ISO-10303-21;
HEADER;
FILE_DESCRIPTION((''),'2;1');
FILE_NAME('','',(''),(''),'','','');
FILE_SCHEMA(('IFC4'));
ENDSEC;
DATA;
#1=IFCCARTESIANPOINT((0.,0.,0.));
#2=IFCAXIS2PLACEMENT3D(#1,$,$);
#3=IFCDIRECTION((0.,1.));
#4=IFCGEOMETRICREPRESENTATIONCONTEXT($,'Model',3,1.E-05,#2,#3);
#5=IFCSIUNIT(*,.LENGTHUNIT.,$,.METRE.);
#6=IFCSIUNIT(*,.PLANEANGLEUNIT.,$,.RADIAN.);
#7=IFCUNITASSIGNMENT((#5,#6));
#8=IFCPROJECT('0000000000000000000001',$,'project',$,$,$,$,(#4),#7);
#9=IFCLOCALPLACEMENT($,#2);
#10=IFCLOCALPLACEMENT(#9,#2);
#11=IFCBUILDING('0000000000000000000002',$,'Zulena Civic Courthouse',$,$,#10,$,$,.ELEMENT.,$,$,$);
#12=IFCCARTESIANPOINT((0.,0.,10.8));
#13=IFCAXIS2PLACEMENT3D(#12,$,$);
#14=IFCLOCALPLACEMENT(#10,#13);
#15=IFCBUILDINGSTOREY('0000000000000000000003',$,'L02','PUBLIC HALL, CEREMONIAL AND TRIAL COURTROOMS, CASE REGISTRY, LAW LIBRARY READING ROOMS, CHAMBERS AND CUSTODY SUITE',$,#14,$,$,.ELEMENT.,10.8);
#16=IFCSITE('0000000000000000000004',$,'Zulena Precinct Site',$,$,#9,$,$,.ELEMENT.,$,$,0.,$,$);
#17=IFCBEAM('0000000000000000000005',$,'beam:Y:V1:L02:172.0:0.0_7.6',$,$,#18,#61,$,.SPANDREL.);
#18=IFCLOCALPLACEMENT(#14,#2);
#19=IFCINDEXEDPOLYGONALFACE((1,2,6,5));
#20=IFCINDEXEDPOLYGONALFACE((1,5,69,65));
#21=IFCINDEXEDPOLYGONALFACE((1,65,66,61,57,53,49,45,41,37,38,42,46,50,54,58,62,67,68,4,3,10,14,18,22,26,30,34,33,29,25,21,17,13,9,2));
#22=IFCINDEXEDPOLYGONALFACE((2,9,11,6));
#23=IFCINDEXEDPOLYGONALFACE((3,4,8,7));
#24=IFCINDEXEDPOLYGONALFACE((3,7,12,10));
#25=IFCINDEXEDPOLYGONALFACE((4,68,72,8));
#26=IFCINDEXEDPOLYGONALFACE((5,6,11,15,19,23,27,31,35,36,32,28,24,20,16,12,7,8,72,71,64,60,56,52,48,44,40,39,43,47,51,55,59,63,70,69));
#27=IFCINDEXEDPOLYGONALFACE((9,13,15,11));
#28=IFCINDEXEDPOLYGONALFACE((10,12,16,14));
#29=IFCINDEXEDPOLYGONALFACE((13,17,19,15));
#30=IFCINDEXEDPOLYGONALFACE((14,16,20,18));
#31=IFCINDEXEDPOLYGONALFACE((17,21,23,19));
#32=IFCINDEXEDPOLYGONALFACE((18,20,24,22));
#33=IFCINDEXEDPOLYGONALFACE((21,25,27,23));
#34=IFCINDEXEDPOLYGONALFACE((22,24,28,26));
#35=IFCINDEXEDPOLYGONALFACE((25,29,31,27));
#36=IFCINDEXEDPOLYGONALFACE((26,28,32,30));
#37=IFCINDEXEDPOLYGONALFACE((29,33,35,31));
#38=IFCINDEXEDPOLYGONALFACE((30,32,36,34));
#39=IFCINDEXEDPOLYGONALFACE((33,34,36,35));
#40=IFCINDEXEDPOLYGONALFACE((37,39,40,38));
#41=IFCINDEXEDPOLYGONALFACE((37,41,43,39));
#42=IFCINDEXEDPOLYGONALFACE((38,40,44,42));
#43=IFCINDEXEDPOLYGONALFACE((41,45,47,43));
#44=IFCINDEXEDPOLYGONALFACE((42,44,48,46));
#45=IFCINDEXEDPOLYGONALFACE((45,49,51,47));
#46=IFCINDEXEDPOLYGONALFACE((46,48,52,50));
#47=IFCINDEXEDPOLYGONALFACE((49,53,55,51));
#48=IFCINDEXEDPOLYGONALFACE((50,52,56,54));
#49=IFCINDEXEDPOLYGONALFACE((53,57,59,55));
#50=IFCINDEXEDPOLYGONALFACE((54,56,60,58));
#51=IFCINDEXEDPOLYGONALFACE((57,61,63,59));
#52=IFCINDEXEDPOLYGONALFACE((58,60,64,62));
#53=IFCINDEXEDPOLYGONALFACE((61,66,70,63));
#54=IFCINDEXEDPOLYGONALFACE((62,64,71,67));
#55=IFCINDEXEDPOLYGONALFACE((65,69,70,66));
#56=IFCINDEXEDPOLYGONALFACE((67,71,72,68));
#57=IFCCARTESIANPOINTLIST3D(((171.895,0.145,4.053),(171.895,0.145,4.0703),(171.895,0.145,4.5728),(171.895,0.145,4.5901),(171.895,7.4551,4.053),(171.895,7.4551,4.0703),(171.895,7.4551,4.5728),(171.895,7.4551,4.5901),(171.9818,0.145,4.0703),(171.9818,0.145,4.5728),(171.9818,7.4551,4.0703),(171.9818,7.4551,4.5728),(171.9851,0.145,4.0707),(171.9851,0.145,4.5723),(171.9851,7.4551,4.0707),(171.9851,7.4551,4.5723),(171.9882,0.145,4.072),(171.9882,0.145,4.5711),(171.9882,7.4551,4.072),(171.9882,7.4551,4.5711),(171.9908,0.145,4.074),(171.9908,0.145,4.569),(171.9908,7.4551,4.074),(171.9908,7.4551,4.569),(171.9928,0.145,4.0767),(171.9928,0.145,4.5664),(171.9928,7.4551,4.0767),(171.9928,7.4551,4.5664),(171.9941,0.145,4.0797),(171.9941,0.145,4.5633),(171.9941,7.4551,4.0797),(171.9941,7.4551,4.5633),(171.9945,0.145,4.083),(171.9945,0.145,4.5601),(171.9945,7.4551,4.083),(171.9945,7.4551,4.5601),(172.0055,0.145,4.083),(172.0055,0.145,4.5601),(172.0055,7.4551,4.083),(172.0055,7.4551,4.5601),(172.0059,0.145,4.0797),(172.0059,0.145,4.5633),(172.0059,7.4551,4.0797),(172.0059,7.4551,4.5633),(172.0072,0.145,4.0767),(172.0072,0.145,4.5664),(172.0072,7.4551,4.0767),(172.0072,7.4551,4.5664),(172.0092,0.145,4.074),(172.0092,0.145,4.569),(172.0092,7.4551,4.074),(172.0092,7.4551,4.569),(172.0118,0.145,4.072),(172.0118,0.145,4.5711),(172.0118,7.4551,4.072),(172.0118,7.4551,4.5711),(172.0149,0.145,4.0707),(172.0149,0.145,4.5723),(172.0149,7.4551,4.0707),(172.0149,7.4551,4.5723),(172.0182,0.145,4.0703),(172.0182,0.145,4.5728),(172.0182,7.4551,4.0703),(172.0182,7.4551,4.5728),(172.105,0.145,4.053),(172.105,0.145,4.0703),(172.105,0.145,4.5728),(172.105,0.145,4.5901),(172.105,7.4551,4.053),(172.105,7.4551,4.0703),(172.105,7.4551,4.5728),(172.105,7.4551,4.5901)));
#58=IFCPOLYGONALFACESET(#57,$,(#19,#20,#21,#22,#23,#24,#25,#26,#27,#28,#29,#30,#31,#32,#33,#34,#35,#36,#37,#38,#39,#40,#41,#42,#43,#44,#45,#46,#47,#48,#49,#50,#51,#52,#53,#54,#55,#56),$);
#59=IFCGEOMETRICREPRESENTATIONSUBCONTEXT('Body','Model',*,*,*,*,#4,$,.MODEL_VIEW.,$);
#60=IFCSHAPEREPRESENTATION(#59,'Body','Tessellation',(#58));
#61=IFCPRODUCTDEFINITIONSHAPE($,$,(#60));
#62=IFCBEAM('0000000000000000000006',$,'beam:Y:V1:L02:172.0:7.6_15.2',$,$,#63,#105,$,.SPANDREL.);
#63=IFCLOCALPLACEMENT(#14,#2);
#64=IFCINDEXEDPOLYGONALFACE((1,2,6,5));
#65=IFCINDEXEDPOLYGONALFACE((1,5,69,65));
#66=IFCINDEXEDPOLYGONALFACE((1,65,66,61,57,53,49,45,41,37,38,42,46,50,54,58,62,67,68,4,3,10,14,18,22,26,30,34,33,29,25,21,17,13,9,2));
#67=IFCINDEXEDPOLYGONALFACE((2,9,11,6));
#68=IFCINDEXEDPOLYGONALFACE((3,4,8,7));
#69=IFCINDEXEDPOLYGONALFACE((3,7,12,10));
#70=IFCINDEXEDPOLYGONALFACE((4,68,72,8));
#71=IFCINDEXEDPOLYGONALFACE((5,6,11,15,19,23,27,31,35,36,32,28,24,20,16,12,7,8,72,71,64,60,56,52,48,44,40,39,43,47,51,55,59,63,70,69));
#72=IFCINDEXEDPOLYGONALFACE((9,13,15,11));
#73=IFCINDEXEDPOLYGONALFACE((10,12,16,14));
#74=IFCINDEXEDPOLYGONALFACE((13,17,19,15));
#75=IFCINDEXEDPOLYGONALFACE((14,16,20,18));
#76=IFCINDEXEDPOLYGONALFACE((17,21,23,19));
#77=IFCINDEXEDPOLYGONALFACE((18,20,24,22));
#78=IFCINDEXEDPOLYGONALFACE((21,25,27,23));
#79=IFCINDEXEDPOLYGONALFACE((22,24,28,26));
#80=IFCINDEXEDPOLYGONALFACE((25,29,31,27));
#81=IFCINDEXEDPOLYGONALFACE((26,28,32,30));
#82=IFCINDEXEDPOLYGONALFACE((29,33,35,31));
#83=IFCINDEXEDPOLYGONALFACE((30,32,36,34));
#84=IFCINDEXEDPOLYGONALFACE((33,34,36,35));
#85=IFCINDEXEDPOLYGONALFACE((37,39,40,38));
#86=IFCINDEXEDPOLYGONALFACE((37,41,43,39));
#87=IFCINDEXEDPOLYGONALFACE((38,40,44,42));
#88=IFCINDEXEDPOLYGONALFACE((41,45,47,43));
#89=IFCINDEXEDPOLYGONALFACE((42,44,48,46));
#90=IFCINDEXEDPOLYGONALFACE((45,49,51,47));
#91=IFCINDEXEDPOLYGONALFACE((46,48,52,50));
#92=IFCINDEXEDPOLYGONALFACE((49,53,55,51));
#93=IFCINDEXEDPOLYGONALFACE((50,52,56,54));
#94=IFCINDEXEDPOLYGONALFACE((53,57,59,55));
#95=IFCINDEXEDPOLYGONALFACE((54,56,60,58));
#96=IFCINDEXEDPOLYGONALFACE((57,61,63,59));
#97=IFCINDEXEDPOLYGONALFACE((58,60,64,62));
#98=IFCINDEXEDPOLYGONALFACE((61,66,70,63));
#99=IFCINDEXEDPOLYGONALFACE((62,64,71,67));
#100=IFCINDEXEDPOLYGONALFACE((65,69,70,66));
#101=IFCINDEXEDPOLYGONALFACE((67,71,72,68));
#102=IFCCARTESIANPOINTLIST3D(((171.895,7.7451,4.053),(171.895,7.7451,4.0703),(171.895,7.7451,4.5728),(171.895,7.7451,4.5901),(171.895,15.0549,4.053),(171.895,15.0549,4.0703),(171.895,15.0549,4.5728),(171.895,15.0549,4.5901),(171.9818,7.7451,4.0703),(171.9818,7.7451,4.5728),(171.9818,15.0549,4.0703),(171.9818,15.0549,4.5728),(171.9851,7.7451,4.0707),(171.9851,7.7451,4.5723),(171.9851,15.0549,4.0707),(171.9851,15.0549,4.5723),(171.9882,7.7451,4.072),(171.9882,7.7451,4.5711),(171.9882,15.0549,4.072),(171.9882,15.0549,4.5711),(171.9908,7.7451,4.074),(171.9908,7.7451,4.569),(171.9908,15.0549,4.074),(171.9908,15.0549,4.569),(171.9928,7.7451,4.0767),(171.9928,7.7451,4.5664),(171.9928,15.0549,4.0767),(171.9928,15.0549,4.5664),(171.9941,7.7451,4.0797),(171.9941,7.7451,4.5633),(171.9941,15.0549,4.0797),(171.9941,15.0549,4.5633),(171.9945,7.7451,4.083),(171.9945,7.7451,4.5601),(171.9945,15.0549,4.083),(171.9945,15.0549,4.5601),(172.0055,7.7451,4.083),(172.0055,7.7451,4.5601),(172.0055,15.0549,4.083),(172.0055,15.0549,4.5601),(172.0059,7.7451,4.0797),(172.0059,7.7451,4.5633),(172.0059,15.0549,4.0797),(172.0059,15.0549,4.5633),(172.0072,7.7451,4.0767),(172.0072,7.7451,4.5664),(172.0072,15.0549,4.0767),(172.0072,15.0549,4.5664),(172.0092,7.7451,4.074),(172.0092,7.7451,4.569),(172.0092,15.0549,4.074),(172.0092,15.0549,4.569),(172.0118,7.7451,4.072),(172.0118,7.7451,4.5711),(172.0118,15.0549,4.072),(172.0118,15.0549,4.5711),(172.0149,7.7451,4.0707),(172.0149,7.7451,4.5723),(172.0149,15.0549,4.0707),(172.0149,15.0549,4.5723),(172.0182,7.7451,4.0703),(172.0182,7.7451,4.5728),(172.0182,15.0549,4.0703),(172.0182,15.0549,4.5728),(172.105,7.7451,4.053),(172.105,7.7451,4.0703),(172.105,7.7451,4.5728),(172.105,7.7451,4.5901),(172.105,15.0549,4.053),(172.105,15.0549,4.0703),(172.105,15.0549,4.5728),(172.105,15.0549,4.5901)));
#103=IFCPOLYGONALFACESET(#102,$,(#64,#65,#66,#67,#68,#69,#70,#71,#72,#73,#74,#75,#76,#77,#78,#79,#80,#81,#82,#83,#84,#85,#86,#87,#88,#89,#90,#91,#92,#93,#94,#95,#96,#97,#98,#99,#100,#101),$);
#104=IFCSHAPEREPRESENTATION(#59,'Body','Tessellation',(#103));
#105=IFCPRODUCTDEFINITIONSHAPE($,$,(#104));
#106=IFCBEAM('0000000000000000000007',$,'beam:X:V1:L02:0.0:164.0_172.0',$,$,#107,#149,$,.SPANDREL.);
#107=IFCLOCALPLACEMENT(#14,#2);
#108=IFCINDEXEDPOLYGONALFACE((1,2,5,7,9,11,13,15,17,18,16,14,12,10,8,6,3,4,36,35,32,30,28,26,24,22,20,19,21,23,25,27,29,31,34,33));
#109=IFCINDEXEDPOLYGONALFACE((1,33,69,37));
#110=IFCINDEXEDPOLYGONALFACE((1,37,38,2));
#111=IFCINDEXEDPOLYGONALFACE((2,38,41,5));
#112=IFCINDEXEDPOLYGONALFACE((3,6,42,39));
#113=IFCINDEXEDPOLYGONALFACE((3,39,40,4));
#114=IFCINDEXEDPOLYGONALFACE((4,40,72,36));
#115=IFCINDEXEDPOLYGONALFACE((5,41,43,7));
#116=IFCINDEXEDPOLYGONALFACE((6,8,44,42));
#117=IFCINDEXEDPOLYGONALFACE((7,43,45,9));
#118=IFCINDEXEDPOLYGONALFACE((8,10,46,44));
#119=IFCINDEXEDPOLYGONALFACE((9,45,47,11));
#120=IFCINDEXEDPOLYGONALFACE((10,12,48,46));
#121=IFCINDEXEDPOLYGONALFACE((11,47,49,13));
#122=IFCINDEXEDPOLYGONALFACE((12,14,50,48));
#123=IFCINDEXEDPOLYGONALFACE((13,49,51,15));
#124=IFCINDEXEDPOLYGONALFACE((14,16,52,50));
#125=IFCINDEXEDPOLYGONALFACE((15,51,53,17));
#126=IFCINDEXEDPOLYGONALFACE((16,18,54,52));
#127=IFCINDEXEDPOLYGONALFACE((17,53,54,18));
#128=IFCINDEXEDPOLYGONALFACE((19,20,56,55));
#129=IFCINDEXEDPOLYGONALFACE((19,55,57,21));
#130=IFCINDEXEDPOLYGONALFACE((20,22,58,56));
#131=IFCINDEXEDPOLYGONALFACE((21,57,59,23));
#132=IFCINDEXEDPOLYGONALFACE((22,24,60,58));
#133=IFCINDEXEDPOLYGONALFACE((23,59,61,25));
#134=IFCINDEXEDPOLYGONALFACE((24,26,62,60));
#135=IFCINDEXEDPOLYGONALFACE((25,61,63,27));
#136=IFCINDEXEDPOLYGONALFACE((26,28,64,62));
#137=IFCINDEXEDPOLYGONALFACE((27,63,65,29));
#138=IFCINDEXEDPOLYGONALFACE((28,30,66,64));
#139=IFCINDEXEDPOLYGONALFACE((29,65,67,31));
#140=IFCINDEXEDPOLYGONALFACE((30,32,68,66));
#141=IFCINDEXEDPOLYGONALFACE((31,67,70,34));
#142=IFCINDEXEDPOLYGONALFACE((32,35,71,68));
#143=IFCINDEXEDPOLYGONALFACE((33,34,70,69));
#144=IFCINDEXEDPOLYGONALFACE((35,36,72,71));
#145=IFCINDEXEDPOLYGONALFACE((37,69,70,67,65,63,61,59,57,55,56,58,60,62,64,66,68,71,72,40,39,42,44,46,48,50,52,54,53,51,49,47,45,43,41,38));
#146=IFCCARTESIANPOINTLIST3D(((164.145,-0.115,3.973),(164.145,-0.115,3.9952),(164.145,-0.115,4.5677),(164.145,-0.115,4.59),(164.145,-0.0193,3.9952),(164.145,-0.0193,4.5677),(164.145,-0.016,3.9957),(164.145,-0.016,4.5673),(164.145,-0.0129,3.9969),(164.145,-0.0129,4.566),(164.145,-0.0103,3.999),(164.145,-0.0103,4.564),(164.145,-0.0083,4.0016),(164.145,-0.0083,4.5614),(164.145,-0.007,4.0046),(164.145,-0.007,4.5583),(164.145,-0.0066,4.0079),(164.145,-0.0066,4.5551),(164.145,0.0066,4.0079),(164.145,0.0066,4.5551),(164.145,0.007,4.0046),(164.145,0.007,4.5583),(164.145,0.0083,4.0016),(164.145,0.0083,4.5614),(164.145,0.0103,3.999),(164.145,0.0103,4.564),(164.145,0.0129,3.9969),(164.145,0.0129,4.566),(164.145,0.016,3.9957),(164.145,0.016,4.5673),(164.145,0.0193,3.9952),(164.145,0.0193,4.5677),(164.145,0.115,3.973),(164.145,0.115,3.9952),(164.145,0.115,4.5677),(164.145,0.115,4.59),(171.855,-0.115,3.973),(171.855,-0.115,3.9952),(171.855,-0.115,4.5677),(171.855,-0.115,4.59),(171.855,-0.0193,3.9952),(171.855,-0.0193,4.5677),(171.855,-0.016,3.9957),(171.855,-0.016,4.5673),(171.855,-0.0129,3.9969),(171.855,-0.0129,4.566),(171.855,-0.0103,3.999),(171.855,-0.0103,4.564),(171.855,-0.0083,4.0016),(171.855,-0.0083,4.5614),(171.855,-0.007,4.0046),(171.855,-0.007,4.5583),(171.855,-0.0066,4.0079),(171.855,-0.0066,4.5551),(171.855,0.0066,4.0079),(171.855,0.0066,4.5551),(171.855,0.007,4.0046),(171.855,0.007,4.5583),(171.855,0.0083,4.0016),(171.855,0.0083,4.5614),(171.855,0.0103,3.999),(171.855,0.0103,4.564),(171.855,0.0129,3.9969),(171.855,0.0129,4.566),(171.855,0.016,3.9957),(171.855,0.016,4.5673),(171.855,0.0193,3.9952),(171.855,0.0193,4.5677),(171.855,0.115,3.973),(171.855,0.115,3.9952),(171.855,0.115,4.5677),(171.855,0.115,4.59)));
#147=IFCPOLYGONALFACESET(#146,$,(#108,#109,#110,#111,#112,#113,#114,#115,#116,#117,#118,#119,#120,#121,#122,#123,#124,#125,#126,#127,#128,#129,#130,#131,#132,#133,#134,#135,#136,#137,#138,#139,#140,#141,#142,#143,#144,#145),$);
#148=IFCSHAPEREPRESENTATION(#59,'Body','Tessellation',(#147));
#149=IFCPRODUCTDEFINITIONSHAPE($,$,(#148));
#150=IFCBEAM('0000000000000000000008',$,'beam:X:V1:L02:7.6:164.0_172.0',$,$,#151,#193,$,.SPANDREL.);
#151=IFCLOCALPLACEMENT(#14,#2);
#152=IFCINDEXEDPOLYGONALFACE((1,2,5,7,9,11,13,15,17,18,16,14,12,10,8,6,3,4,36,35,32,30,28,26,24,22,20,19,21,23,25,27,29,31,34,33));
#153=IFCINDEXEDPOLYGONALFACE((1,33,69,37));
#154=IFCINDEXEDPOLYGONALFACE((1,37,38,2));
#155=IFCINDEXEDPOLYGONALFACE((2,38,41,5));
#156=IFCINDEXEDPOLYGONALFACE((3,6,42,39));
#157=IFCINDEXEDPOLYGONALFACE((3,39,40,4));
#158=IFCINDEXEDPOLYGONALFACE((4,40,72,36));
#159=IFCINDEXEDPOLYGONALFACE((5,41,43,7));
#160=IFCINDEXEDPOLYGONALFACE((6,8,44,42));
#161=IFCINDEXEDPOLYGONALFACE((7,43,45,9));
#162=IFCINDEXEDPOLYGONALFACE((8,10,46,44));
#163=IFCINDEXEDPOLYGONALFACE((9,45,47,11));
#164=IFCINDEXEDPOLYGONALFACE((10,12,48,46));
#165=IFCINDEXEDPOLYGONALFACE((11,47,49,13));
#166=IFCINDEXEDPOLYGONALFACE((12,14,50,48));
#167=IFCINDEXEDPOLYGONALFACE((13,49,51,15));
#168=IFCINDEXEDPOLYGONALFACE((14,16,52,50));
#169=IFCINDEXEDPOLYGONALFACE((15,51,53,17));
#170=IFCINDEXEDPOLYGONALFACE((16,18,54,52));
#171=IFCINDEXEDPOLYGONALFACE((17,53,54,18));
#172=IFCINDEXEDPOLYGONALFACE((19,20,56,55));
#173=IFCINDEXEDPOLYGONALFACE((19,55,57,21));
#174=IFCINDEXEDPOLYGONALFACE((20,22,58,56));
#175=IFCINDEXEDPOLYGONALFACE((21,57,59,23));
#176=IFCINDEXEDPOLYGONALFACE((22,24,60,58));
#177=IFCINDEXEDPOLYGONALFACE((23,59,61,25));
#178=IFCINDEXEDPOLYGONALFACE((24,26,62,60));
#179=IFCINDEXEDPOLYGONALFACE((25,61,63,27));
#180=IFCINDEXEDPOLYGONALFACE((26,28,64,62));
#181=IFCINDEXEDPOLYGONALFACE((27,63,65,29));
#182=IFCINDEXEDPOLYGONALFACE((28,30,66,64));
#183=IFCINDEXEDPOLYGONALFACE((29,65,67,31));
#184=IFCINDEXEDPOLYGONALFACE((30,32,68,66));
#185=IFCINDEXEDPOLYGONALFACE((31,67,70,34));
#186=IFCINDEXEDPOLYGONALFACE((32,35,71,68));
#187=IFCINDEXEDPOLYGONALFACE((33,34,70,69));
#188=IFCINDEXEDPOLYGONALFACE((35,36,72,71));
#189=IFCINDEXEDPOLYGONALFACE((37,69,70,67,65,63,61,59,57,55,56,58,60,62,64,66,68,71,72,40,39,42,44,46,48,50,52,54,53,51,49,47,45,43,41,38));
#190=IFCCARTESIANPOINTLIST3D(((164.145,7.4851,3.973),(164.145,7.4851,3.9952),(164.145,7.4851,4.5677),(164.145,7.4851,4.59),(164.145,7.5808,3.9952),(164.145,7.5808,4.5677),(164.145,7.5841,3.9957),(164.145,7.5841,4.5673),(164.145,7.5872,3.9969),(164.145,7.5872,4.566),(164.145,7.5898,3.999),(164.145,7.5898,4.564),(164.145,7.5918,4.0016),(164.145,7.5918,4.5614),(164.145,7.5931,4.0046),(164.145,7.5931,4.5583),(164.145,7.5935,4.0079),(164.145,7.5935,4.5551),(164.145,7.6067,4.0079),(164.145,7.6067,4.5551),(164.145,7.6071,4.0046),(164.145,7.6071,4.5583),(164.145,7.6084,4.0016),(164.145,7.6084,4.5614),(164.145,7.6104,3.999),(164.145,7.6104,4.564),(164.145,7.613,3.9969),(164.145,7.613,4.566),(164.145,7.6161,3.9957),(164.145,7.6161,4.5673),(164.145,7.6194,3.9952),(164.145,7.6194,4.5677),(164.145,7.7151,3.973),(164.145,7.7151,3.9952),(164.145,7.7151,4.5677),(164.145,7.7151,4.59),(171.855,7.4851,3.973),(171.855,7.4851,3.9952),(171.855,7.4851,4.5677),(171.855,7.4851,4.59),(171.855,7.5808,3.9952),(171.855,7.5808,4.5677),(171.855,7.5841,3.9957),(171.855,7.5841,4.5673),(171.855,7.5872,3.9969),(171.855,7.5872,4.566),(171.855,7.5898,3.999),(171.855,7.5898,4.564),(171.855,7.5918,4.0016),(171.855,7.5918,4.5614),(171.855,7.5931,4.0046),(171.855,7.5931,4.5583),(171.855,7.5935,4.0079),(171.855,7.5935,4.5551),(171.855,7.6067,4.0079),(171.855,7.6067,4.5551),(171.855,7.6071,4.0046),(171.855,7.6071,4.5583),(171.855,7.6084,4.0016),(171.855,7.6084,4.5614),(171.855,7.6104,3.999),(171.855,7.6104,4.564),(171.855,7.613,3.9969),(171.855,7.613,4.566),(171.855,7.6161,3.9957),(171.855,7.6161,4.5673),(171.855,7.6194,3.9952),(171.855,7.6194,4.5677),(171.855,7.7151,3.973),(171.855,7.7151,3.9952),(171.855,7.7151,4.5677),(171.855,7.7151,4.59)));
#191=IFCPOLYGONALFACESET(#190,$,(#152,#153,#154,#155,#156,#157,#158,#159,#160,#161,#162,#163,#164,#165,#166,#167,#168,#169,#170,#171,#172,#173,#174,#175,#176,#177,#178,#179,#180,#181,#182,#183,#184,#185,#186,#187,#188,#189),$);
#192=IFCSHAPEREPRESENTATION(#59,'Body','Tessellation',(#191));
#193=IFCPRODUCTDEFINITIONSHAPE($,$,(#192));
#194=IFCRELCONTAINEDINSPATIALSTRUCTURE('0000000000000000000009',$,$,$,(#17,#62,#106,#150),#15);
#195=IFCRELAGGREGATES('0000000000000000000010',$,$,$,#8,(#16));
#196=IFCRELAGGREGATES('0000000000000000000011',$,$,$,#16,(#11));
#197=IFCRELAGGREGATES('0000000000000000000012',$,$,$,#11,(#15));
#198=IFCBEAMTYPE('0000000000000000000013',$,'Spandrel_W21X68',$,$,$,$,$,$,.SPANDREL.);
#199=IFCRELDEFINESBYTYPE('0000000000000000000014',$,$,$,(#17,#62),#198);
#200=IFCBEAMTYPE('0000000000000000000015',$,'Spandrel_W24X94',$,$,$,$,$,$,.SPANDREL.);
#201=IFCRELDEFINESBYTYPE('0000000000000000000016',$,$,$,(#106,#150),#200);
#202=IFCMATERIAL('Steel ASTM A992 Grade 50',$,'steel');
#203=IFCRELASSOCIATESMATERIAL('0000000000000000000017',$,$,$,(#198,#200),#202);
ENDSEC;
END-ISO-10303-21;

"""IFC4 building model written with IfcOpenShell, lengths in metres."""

from ifc_helpers import new_model, si_unit, direction, frame, origin, origin_2d, place, context, subcontext, project, spatial, i_section, extrude, material, material_profile, profile_set, type_object, element, save


model = new_model("IFC4")

# Units and contexts
model_context = context("Model", 3, precision=1e-05, world=origin(), true_north=direction((0.0, 1.0)))
body_context = subcontext(model_context, "Body", "Model", "MODEL_VIEW")
ifc_project = project(units=[si_unit("LENGTHUNIT", "METRE"), si_unit("PLANEANGLEUNIT", "RADIAN")], contexts=[model_context])

# Site, building, storey
site_placement = place(None, origin())
site = spatial("IfcSite", under=ifc_project, at=site_placement, Name="Zulena Precinct Site", CompositionType="ELEMENT", RefElevation=0.0)
building_placement = place(site_placement, origin())
building = spatial("IfcBuilding", under=site, at=building_placement, Name="Zulena Civic Courthouse", CompositionType="ELEMENT")
storey_placement = place(building_placement, frame((0.0, 0.0, 10.8)))
storey = spatial("IfcBuildingStorey", under=building, at=storey_placement, Name="L02", Description="PUBLIC HALL, CEREMONIAL AND TRIAL COURTROOMS, CASE REGISTRY, LAW LIBRARY READING ROOMS, CHAMBERS AND CUSTODY SUITE", CompositionType="ELEMENT", Elevation=10.8)

# Shared definitions
ifc_material_1 = material(Name="Steel ASTM A992 Grade 50", Category="steel")

# Beams
ifc_material_profile_1 = material_profile(ifc_material_1, i_section(OverallWidth=0.21, OverallDepth=0.5371, WebThickness=0.011, FlangeThickness=0.0173, FilletRadius=0.0127, at=origin_2d()), Name="W21X68")
ifc_profile_set_1 = profile_set([ifc_material_profile_1], Name="Steel ASTM A992 Grade 50")
beam_type_1 = type_object("IfcBeamType", Name="Spandrel_W21X68", PredefinedType="SPANDREL", material=ifc_profile_set_1)
beam_1_placement = place(storey_placement, frame((172.0, 0.145, 4.3215), z_axis=(0.0, 1.0, 0.0), x_axis=(-1.0, 0.0, 0.0)))
element("IfcBeam", 1, at=beam_1_placement, inside=storey, type_object=beam_type_1, Name="beam:Y:V1:L02:172.0:0.0_7.6", PredefinedType="SPANDREL", context=body_context, shape_type="SweptSolid", body=[
    extrude(i_section(OverallWidth=0.21, OverallDepth=0.5371, WebThickness=0.011, FlangeThickness=0.0173, FilletRadius=0.0127, at=origin_2d()), origin(), (0.0, 0.0, 1.0), 7.3101),
])
beam_2_placement = place(storey_placement, frame((172.0, 7.7451, 4.3215), z_axis=(0.0, 1.0, 0.0), x_axis=(-1.0, 0.0, 0.0)))
element("IfcBeam", 2, at=beam_2_placement, inside=storey, type_object=beam_type_1, Name="beam:Y:V1:L02:172.0:7.6_15.2", PredefinedType="SPANDREL", context=body_context, shape_type="SweptSolid", body=[
    extrude(i_section(OverallWidth=0.21, OverallDepth=0.5371, WebThickness=0.011, FlangeThickness=0.0173, FilletRadius=0.0127, at=origin_2d()), origin(), (0.0, 0.0, 1.0), 7.3098),
])
ifc_material_profile_2 = material_profile(ifc_material_1, i_section(OverallWidth=0.23, OverallDepth=0.6169, WebThickness=0.0132, FlangeThickness=0.0222, FilletRadius=0.0127, at=origin_2d()), Name="W24X94")
ifc_profile_set_2 = profile_set([ifc_material_profile_2], Name="Steel ASTM A992 Grade 50")
beam_type_2 = type_object("IfcBeamType", Name="Spandrel_W24X94", PredefinedType="SPANDREL", material=ifc_profile_set_2)
for number, where, z_axis, x_axis, name in (
    (3, (164.145, 0.0, 4.2815), (1.0, 0.0, 0.0), (0.0, 1.0, 0.0), "beam:X:V1:L02:0.0:164.0_172.0"),
    (4, (164.145, 7.6001, 4.2815), (1.0, 0.0, 0.0), (0.0, 1.0, 0.0), "beam:X:V1:L02:7.6:164.0_172.0"),
):
    element("IfcBeam", number, at=place(storey_placement, frame(where, z_axis=z_axis, x_axis=x_axis)), inside=storey, type_object=beam_type_2, Name=name, PredefinedType="SPANDREL", context=body_context, shape_type="SweptSolid", body=[
        extrude(i_section(OverallWidth=0.23, OverallDepth=0.6169, WebThickness=0.0132, FlangeThickness=0.0222, FilletRadius=0.0127, at=origin_2d()), origin(), (0.0, 0.0, 1.0), 7.71),
    ])

save(model, "model.ifc")
